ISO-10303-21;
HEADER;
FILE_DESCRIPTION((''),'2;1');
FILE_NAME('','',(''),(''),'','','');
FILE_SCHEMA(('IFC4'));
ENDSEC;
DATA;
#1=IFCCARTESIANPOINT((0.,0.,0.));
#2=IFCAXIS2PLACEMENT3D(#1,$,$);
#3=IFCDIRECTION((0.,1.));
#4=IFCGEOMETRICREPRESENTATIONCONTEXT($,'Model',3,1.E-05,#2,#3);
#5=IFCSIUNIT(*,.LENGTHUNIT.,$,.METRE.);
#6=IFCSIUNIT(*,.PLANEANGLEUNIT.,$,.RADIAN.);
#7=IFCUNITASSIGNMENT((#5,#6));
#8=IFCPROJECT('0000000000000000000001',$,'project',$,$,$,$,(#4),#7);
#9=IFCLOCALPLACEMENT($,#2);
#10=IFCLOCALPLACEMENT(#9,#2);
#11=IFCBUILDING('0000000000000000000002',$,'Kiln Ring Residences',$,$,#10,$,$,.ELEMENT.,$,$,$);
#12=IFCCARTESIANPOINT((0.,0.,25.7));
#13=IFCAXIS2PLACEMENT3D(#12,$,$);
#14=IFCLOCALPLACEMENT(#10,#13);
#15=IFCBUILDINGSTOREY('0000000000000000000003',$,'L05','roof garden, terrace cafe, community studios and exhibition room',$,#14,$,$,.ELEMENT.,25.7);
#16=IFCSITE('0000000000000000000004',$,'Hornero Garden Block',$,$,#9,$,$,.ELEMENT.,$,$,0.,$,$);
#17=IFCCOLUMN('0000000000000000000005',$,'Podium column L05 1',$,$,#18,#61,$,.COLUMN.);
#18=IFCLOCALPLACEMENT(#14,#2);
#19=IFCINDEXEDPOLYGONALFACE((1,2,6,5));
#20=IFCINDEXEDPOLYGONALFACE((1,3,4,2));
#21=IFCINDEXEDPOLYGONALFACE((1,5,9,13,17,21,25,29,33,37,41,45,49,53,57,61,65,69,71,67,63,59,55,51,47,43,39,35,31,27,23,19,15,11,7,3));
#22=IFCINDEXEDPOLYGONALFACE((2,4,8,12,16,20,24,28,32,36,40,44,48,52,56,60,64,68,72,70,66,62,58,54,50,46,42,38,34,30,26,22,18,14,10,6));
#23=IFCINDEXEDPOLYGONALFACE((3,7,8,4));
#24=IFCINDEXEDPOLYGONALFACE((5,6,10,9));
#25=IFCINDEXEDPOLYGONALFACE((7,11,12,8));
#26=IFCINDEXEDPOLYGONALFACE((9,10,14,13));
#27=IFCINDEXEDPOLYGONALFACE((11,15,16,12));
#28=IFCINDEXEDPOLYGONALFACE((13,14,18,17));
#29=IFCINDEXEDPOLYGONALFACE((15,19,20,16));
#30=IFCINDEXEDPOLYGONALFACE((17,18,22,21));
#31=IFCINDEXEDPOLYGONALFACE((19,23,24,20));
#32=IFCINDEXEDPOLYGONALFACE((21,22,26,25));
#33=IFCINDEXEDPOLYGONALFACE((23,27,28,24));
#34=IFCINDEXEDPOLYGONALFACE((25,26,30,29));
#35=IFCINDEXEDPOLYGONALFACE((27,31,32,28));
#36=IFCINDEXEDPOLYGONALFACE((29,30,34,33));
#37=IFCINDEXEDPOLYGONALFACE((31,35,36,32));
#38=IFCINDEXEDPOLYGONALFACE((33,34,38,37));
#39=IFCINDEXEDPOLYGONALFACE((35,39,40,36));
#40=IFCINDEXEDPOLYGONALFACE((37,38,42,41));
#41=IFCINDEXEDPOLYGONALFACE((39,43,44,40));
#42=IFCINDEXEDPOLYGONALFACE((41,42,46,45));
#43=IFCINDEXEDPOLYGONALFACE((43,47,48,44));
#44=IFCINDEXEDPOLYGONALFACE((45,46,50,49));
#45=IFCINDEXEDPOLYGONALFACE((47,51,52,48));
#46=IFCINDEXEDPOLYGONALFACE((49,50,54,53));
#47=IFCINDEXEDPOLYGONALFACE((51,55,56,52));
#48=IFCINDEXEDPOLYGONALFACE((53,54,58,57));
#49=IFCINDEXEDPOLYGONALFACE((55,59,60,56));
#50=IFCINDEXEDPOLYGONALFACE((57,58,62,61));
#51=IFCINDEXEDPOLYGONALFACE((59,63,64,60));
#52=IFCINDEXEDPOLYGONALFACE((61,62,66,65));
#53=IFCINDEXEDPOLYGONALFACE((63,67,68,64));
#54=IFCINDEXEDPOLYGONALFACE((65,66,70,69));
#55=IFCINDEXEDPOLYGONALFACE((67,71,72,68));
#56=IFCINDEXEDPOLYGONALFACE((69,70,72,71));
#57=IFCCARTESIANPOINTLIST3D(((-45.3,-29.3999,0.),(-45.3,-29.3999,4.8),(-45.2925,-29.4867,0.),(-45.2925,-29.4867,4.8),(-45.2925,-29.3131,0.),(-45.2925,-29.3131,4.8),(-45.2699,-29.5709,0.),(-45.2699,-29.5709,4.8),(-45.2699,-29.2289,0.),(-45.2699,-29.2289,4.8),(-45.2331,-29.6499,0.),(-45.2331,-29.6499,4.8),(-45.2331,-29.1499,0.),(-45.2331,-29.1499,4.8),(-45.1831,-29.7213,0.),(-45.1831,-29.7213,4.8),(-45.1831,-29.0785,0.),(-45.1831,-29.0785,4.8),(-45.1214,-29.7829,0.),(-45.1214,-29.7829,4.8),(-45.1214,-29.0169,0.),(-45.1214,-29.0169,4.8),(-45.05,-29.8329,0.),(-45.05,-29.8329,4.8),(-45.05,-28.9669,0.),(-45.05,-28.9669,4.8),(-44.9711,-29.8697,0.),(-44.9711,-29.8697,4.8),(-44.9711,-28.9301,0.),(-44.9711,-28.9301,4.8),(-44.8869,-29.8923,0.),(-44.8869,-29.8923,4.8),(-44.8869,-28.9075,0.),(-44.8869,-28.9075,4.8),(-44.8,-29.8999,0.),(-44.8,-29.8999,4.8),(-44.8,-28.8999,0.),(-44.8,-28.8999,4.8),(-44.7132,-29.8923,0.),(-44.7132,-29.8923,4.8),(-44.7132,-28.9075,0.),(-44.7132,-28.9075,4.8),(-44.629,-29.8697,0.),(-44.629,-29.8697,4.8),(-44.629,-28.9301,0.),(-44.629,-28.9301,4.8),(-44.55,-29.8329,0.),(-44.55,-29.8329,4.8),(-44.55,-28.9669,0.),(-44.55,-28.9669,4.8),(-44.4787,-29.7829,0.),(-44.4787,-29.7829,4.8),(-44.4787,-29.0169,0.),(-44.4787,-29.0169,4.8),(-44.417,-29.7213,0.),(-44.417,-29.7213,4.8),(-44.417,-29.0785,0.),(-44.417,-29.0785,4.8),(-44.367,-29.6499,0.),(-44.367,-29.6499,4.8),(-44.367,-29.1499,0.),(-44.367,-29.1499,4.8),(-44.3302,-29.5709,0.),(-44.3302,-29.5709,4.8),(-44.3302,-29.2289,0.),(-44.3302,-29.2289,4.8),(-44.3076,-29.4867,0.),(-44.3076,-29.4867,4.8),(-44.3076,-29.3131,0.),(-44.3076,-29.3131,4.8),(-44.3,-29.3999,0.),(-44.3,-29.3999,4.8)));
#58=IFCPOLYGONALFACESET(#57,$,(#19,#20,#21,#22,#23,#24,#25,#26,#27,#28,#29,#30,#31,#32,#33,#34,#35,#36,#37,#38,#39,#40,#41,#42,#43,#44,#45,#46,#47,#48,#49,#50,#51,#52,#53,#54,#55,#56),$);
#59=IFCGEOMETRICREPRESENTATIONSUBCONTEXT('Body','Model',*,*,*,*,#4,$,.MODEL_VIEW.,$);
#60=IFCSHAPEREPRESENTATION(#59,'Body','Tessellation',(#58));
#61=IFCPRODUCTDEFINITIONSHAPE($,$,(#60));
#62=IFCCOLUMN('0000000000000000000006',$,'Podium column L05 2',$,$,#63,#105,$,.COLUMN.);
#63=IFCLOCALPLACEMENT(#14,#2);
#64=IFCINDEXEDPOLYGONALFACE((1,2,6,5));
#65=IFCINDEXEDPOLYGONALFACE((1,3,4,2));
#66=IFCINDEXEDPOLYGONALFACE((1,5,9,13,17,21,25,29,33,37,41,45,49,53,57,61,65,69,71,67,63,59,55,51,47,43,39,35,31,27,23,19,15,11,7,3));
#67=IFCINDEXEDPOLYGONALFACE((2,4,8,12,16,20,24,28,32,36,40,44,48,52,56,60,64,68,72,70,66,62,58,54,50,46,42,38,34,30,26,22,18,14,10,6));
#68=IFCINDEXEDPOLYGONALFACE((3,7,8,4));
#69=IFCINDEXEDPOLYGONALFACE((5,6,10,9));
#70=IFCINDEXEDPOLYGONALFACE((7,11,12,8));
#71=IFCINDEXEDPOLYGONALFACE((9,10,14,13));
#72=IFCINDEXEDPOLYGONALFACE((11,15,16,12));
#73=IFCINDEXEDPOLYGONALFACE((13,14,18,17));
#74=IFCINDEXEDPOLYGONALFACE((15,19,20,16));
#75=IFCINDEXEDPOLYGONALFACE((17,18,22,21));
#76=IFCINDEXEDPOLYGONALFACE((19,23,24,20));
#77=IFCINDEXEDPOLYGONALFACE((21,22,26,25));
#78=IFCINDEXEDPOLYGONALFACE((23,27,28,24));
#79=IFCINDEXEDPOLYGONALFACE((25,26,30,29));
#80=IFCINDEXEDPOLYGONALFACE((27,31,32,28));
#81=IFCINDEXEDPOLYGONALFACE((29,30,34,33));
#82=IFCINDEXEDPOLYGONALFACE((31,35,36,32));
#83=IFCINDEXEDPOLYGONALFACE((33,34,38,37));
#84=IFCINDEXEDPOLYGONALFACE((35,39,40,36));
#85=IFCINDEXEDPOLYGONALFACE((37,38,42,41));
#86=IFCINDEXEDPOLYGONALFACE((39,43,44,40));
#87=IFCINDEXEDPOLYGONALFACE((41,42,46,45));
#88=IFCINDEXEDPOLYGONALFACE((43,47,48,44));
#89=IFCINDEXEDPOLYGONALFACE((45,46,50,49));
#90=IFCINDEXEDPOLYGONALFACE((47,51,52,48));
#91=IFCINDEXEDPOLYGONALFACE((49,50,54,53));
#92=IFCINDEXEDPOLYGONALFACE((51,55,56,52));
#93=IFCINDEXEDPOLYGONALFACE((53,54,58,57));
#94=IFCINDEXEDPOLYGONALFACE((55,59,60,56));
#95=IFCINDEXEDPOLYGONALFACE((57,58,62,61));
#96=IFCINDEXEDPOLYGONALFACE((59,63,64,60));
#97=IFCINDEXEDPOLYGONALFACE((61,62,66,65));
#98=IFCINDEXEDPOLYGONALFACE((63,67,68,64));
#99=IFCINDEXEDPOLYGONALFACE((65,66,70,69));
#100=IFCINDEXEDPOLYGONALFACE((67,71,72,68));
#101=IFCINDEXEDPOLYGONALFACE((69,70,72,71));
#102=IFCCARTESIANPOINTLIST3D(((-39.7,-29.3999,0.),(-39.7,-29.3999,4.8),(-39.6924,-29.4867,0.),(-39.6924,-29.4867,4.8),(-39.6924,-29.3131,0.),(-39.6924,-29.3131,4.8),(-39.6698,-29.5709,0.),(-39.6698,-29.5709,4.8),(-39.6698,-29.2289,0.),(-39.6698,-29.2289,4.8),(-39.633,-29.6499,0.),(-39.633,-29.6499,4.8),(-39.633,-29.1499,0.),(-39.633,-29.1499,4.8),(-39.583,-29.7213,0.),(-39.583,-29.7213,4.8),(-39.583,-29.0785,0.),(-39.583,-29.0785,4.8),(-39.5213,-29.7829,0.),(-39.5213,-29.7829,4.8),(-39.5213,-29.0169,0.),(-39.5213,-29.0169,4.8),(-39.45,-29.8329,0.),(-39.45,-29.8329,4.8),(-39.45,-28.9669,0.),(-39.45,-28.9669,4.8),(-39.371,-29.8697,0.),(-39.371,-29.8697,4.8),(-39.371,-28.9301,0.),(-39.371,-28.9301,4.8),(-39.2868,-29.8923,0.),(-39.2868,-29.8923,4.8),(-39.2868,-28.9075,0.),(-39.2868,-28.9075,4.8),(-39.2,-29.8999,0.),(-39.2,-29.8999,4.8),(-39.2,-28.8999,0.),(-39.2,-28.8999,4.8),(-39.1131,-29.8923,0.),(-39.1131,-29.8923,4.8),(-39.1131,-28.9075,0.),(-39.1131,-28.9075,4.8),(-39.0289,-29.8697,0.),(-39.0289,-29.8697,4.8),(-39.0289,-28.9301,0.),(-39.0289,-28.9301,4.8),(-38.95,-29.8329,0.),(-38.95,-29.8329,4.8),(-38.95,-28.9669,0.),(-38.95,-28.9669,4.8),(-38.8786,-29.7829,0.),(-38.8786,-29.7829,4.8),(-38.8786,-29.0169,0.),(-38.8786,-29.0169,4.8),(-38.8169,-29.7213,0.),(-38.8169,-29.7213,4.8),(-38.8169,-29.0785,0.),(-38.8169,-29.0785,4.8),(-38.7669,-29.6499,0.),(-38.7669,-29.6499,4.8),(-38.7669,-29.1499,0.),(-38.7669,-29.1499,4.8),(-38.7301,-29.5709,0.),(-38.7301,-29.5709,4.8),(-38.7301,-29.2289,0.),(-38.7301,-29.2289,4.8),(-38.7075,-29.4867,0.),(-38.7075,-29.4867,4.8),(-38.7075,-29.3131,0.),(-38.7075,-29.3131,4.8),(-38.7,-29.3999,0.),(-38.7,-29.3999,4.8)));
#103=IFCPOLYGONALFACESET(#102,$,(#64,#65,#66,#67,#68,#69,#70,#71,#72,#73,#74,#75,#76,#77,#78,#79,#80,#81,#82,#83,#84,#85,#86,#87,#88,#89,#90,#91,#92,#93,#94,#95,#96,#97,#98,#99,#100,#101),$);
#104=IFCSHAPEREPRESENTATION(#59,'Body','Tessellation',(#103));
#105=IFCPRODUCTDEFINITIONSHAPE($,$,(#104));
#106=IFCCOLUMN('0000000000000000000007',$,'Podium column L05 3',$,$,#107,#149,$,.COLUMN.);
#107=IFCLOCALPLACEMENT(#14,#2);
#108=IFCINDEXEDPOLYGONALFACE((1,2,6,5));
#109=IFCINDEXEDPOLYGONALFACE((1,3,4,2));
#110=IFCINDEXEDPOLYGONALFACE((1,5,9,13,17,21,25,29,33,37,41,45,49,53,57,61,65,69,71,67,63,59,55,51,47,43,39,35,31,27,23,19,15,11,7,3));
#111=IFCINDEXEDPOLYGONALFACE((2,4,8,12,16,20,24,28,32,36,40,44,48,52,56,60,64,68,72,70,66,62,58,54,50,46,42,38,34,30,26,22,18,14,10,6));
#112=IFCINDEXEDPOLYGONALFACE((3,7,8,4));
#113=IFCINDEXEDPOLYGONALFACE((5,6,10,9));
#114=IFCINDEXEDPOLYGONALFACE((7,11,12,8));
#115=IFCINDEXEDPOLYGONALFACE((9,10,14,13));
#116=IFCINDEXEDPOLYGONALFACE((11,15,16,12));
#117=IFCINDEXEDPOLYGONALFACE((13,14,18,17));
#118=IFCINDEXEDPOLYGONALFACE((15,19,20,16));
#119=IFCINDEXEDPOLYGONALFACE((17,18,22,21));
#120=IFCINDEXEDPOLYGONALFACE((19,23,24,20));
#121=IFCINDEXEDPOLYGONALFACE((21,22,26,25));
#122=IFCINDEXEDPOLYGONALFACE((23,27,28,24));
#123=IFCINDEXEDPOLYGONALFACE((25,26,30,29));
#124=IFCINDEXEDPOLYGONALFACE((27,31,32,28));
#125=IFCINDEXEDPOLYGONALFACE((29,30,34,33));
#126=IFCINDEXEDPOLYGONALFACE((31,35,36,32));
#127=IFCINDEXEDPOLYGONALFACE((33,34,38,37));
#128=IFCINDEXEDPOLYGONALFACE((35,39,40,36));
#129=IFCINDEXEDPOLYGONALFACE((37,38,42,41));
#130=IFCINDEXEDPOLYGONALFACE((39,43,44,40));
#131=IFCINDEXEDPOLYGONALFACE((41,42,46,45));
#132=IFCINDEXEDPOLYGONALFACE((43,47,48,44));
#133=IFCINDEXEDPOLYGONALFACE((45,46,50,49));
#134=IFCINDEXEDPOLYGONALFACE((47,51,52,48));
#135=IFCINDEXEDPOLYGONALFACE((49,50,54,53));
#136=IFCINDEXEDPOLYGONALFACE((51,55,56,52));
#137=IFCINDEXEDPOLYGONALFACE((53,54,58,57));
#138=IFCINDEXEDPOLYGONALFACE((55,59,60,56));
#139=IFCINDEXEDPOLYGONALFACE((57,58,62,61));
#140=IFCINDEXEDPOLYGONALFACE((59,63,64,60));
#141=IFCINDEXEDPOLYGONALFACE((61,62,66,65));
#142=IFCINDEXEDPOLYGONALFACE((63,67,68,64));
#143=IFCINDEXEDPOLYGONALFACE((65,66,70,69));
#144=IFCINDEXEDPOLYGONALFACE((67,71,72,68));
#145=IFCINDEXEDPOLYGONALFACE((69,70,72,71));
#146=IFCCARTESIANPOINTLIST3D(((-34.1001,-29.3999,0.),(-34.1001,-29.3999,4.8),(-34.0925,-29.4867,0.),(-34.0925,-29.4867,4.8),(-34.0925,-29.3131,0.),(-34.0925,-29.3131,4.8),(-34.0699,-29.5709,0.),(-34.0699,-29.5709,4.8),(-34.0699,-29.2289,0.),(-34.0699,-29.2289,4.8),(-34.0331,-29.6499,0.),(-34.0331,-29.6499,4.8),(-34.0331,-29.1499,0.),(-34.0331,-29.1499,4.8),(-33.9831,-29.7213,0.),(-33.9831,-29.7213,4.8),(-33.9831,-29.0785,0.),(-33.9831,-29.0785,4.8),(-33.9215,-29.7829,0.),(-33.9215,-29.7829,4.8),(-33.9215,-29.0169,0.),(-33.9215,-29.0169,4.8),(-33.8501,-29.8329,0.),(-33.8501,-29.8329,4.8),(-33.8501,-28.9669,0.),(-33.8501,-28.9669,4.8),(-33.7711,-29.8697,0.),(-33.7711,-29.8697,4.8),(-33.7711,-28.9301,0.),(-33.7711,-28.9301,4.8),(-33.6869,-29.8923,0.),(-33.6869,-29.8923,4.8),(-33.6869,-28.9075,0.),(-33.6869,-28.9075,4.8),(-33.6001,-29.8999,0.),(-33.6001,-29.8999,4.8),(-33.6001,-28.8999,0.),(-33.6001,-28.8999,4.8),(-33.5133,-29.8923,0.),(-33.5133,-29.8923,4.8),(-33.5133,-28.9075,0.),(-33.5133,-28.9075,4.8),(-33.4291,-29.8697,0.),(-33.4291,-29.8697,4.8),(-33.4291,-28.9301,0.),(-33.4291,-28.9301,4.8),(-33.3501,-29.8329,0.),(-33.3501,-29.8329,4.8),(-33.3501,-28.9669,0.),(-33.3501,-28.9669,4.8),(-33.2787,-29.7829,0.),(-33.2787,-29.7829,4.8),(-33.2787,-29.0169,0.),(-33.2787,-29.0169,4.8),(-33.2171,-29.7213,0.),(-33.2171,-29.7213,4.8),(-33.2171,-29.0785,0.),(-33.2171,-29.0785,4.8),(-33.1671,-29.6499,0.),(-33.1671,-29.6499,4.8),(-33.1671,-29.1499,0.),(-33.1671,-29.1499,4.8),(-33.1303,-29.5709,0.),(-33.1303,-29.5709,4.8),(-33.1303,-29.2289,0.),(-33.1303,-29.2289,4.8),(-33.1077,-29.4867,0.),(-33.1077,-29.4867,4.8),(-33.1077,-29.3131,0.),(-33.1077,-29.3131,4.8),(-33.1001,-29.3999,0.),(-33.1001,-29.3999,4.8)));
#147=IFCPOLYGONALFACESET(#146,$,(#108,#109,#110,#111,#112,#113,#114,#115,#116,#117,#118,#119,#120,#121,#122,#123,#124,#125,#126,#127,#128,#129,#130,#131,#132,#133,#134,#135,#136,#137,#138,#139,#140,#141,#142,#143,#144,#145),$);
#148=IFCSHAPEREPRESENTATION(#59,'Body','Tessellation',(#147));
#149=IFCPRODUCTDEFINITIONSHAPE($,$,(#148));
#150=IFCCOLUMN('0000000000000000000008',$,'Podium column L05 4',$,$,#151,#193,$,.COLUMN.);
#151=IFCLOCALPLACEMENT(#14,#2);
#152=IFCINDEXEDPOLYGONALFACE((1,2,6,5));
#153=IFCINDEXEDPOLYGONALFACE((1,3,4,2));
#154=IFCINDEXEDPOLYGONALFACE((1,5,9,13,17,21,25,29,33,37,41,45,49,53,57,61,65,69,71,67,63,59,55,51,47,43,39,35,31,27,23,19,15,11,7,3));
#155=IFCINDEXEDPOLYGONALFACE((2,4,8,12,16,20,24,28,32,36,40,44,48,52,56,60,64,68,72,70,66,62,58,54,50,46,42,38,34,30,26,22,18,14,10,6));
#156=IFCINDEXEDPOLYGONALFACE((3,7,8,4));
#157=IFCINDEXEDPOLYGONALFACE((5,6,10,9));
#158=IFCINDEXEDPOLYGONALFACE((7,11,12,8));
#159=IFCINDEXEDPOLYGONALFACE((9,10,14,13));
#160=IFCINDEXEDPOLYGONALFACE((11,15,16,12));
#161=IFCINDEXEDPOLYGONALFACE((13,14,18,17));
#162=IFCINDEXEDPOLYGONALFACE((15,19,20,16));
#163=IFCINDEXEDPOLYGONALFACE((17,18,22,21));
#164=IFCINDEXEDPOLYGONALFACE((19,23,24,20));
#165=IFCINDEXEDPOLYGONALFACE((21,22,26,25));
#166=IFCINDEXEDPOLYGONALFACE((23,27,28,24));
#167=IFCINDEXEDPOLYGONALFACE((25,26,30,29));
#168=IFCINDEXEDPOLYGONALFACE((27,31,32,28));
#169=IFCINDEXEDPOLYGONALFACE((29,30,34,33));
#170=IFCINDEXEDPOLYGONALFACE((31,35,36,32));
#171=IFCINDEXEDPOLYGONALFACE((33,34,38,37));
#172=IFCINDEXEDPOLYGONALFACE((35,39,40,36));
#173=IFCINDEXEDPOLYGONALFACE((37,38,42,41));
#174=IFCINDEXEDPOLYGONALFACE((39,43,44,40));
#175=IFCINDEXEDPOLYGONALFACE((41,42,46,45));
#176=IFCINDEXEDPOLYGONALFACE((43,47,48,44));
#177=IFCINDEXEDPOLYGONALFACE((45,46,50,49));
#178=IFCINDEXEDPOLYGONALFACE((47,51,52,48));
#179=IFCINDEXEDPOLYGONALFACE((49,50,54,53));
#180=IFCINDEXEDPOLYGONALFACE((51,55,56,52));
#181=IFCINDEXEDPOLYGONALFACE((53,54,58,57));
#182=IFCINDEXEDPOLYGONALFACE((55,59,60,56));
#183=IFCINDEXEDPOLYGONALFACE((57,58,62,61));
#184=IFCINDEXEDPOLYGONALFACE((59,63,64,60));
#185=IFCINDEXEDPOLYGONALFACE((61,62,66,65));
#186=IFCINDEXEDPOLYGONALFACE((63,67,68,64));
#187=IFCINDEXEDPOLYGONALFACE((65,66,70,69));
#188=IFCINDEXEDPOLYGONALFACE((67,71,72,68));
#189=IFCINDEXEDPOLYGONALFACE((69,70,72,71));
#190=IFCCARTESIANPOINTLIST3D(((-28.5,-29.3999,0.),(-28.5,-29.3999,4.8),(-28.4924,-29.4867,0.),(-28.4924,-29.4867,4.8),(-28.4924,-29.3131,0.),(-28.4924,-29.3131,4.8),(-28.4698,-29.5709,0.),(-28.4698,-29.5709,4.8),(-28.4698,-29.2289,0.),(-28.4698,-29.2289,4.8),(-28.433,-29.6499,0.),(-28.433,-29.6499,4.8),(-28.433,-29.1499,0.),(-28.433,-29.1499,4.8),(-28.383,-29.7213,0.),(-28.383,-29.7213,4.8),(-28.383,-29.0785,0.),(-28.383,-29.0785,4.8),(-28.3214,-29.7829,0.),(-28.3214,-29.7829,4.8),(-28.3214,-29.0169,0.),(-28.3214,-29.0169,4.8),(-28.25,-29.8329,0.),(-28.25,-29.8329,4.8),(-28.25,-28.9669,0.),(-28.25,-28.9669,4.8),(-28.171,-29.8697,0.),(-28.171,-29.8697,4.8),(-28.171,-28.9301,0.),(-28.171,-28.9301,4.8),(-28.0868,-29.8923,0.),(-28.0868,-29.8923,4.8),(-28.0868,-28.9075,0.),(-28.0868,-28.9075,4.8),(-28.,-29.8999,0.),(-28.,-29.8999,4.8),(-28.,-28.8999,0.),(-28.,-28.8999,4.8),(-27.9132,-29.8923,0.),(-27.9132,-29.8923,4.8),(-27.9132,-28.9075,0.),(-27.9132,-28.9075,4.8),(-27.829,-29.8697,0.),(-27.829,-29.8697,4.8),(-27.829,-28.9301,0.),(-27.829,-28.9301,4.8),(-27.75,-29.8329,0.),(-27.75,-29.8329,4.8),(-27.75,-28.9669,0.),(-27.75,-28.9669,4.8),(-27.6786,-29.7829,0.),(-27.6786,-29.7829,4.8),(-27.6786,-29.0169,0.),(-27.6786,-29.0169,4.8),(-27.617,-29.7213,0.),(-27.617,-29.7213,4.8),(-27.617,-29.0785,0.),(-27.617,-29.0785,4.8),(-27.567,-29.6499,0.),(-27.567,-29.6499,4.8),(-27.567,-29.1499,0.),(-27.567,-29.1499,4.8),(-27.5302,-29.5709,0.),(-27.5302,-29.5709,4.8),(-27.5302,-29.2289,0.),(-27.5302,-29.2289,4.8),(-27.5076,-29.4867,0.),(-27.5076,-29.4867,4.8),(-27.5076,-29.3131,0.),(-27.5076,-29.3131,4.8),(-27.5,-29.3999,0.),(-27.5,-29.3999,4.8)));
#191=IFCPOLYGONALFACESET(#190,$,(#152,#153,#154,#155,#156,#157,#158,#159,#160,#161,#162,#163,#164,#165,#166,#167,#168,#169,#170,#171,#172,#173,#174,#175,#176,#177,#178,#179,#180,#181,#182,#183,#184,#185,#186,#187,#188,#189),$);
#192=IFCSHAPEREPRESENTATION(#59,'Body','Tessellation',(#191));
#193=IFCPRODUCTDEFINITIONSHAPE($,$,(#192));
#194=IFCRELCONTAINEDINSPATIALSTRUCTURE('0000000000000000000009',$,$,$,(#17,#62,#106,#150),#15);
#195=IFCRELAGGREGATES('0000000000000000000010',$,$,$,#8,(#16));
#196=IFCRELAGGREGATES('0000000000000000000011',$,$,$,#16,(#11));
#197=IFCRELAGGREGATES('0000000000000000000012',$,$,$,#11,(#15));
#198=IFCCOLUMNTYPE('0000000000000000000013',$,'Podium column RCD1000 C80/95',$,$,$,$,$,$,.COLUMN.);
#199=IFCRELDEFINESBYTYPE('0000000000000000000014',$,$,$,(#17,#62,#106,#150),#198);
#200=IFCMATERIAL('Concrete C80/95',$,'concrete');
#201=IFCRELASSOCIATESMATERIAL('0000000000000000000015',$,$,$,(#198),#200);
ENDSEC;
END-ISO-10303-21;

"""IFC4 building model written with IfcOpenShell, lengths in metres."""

from ifc_helpers import new_model, si_unit, direction, frame, origin, origin_2d, place, context, subcontext, project, spatial, circle, extrude, material, material_profile, profile_set, type_object, element, save


model = new_model("IFC4")

# Units and contexts
model_context = context("Model", 3, precision=1e-05, world=origin(), true_north=direction((0.0, 1.0)))
body_context = subcontext(model_context, "Body", "Model", "MODEL_VIEW")
ifc_project = project(units=[si_unit("LENGTHUNIT", "METRE"), si_unit("PLANEANGLEUNIT", "RADIAN")], contexts=[model_context])

# Site, building, storey
site_placement = place(None, origin())
site = spatial("IfcSite", under=ifc_project, at=site_placement, Name="Hornero Garden Block", CompositionType="ELEMENT", RefElevation=0.0)
building_placement = place(site_placement, origin())
building = spatial("IfcBuilding", under=site, at=building_placement, Name="Kiln Ring Residences", CompositionType="ELEMENT")
storey_placement = place(building_placement, frame((0.0, 0.0, 25.7)))
storey = spatial("IfcBuildingStorey", under=building, at=storey_placement, Name="L05", Description="roof garden, terrace cafe, community studios and exhibition room", CompositionType="ELEMENT", Elevation=25.7)

# Columns
ifc_material_1 = material(Name="Concrete C80/95", Category="concrete")
ifc_material_profile = material_profile(ifc_material_1, circle(Radius=0.5, at=origin_2d()), Name="RCD1000")
ifc_profile_set = profile_set([ifc_material_profile], Name="Concrete C80/95")
column_type = type_object("IfcColumnType", Name="Podium column RCD1000 C80/95", PredefinedType="COLUMN", material=ifc_profile_set)
for number, where, z_axis, x_axis, name in (
    (1, (-44.8, -29.3999, 0.0), (0.0, 0.0, 1.0), (1.0, 0.0, 0.0), "Podium column L05 1"),
    (2, (-39.2, -29.3999, 0.0), (0.0, 0.0, 1.0), (1.0, 0.0, 0.0), "Podium column L05 2"),
    (3, (-33.6001, -29.3999, 0.0), (0.0, 0.0, 1.0), (1.0, 0.0, 0.0), "Podium column L05 3"),
    (4, (-28.0, -29.3999, 0.0), (0.0, 0.0, 1.0), (1.0, 0.0, 0.0), "Podium column L05 4"),
):
    element("IfcColumn", number, at=place(storey_placement, frame(where, z_axis=z_axis, x_axis=x_axis)), inside=storey, type_object=column_type, Name=name, PredefinedType="COLUMN", context=body_context, shape_type="SweptSolid", body=[
        extrude(circle(Radius=0.5, at=origin_2d()), origin(), (0.0, 0.0, 1.0), 4.8),
    ])

save(model, "model.ifc")
